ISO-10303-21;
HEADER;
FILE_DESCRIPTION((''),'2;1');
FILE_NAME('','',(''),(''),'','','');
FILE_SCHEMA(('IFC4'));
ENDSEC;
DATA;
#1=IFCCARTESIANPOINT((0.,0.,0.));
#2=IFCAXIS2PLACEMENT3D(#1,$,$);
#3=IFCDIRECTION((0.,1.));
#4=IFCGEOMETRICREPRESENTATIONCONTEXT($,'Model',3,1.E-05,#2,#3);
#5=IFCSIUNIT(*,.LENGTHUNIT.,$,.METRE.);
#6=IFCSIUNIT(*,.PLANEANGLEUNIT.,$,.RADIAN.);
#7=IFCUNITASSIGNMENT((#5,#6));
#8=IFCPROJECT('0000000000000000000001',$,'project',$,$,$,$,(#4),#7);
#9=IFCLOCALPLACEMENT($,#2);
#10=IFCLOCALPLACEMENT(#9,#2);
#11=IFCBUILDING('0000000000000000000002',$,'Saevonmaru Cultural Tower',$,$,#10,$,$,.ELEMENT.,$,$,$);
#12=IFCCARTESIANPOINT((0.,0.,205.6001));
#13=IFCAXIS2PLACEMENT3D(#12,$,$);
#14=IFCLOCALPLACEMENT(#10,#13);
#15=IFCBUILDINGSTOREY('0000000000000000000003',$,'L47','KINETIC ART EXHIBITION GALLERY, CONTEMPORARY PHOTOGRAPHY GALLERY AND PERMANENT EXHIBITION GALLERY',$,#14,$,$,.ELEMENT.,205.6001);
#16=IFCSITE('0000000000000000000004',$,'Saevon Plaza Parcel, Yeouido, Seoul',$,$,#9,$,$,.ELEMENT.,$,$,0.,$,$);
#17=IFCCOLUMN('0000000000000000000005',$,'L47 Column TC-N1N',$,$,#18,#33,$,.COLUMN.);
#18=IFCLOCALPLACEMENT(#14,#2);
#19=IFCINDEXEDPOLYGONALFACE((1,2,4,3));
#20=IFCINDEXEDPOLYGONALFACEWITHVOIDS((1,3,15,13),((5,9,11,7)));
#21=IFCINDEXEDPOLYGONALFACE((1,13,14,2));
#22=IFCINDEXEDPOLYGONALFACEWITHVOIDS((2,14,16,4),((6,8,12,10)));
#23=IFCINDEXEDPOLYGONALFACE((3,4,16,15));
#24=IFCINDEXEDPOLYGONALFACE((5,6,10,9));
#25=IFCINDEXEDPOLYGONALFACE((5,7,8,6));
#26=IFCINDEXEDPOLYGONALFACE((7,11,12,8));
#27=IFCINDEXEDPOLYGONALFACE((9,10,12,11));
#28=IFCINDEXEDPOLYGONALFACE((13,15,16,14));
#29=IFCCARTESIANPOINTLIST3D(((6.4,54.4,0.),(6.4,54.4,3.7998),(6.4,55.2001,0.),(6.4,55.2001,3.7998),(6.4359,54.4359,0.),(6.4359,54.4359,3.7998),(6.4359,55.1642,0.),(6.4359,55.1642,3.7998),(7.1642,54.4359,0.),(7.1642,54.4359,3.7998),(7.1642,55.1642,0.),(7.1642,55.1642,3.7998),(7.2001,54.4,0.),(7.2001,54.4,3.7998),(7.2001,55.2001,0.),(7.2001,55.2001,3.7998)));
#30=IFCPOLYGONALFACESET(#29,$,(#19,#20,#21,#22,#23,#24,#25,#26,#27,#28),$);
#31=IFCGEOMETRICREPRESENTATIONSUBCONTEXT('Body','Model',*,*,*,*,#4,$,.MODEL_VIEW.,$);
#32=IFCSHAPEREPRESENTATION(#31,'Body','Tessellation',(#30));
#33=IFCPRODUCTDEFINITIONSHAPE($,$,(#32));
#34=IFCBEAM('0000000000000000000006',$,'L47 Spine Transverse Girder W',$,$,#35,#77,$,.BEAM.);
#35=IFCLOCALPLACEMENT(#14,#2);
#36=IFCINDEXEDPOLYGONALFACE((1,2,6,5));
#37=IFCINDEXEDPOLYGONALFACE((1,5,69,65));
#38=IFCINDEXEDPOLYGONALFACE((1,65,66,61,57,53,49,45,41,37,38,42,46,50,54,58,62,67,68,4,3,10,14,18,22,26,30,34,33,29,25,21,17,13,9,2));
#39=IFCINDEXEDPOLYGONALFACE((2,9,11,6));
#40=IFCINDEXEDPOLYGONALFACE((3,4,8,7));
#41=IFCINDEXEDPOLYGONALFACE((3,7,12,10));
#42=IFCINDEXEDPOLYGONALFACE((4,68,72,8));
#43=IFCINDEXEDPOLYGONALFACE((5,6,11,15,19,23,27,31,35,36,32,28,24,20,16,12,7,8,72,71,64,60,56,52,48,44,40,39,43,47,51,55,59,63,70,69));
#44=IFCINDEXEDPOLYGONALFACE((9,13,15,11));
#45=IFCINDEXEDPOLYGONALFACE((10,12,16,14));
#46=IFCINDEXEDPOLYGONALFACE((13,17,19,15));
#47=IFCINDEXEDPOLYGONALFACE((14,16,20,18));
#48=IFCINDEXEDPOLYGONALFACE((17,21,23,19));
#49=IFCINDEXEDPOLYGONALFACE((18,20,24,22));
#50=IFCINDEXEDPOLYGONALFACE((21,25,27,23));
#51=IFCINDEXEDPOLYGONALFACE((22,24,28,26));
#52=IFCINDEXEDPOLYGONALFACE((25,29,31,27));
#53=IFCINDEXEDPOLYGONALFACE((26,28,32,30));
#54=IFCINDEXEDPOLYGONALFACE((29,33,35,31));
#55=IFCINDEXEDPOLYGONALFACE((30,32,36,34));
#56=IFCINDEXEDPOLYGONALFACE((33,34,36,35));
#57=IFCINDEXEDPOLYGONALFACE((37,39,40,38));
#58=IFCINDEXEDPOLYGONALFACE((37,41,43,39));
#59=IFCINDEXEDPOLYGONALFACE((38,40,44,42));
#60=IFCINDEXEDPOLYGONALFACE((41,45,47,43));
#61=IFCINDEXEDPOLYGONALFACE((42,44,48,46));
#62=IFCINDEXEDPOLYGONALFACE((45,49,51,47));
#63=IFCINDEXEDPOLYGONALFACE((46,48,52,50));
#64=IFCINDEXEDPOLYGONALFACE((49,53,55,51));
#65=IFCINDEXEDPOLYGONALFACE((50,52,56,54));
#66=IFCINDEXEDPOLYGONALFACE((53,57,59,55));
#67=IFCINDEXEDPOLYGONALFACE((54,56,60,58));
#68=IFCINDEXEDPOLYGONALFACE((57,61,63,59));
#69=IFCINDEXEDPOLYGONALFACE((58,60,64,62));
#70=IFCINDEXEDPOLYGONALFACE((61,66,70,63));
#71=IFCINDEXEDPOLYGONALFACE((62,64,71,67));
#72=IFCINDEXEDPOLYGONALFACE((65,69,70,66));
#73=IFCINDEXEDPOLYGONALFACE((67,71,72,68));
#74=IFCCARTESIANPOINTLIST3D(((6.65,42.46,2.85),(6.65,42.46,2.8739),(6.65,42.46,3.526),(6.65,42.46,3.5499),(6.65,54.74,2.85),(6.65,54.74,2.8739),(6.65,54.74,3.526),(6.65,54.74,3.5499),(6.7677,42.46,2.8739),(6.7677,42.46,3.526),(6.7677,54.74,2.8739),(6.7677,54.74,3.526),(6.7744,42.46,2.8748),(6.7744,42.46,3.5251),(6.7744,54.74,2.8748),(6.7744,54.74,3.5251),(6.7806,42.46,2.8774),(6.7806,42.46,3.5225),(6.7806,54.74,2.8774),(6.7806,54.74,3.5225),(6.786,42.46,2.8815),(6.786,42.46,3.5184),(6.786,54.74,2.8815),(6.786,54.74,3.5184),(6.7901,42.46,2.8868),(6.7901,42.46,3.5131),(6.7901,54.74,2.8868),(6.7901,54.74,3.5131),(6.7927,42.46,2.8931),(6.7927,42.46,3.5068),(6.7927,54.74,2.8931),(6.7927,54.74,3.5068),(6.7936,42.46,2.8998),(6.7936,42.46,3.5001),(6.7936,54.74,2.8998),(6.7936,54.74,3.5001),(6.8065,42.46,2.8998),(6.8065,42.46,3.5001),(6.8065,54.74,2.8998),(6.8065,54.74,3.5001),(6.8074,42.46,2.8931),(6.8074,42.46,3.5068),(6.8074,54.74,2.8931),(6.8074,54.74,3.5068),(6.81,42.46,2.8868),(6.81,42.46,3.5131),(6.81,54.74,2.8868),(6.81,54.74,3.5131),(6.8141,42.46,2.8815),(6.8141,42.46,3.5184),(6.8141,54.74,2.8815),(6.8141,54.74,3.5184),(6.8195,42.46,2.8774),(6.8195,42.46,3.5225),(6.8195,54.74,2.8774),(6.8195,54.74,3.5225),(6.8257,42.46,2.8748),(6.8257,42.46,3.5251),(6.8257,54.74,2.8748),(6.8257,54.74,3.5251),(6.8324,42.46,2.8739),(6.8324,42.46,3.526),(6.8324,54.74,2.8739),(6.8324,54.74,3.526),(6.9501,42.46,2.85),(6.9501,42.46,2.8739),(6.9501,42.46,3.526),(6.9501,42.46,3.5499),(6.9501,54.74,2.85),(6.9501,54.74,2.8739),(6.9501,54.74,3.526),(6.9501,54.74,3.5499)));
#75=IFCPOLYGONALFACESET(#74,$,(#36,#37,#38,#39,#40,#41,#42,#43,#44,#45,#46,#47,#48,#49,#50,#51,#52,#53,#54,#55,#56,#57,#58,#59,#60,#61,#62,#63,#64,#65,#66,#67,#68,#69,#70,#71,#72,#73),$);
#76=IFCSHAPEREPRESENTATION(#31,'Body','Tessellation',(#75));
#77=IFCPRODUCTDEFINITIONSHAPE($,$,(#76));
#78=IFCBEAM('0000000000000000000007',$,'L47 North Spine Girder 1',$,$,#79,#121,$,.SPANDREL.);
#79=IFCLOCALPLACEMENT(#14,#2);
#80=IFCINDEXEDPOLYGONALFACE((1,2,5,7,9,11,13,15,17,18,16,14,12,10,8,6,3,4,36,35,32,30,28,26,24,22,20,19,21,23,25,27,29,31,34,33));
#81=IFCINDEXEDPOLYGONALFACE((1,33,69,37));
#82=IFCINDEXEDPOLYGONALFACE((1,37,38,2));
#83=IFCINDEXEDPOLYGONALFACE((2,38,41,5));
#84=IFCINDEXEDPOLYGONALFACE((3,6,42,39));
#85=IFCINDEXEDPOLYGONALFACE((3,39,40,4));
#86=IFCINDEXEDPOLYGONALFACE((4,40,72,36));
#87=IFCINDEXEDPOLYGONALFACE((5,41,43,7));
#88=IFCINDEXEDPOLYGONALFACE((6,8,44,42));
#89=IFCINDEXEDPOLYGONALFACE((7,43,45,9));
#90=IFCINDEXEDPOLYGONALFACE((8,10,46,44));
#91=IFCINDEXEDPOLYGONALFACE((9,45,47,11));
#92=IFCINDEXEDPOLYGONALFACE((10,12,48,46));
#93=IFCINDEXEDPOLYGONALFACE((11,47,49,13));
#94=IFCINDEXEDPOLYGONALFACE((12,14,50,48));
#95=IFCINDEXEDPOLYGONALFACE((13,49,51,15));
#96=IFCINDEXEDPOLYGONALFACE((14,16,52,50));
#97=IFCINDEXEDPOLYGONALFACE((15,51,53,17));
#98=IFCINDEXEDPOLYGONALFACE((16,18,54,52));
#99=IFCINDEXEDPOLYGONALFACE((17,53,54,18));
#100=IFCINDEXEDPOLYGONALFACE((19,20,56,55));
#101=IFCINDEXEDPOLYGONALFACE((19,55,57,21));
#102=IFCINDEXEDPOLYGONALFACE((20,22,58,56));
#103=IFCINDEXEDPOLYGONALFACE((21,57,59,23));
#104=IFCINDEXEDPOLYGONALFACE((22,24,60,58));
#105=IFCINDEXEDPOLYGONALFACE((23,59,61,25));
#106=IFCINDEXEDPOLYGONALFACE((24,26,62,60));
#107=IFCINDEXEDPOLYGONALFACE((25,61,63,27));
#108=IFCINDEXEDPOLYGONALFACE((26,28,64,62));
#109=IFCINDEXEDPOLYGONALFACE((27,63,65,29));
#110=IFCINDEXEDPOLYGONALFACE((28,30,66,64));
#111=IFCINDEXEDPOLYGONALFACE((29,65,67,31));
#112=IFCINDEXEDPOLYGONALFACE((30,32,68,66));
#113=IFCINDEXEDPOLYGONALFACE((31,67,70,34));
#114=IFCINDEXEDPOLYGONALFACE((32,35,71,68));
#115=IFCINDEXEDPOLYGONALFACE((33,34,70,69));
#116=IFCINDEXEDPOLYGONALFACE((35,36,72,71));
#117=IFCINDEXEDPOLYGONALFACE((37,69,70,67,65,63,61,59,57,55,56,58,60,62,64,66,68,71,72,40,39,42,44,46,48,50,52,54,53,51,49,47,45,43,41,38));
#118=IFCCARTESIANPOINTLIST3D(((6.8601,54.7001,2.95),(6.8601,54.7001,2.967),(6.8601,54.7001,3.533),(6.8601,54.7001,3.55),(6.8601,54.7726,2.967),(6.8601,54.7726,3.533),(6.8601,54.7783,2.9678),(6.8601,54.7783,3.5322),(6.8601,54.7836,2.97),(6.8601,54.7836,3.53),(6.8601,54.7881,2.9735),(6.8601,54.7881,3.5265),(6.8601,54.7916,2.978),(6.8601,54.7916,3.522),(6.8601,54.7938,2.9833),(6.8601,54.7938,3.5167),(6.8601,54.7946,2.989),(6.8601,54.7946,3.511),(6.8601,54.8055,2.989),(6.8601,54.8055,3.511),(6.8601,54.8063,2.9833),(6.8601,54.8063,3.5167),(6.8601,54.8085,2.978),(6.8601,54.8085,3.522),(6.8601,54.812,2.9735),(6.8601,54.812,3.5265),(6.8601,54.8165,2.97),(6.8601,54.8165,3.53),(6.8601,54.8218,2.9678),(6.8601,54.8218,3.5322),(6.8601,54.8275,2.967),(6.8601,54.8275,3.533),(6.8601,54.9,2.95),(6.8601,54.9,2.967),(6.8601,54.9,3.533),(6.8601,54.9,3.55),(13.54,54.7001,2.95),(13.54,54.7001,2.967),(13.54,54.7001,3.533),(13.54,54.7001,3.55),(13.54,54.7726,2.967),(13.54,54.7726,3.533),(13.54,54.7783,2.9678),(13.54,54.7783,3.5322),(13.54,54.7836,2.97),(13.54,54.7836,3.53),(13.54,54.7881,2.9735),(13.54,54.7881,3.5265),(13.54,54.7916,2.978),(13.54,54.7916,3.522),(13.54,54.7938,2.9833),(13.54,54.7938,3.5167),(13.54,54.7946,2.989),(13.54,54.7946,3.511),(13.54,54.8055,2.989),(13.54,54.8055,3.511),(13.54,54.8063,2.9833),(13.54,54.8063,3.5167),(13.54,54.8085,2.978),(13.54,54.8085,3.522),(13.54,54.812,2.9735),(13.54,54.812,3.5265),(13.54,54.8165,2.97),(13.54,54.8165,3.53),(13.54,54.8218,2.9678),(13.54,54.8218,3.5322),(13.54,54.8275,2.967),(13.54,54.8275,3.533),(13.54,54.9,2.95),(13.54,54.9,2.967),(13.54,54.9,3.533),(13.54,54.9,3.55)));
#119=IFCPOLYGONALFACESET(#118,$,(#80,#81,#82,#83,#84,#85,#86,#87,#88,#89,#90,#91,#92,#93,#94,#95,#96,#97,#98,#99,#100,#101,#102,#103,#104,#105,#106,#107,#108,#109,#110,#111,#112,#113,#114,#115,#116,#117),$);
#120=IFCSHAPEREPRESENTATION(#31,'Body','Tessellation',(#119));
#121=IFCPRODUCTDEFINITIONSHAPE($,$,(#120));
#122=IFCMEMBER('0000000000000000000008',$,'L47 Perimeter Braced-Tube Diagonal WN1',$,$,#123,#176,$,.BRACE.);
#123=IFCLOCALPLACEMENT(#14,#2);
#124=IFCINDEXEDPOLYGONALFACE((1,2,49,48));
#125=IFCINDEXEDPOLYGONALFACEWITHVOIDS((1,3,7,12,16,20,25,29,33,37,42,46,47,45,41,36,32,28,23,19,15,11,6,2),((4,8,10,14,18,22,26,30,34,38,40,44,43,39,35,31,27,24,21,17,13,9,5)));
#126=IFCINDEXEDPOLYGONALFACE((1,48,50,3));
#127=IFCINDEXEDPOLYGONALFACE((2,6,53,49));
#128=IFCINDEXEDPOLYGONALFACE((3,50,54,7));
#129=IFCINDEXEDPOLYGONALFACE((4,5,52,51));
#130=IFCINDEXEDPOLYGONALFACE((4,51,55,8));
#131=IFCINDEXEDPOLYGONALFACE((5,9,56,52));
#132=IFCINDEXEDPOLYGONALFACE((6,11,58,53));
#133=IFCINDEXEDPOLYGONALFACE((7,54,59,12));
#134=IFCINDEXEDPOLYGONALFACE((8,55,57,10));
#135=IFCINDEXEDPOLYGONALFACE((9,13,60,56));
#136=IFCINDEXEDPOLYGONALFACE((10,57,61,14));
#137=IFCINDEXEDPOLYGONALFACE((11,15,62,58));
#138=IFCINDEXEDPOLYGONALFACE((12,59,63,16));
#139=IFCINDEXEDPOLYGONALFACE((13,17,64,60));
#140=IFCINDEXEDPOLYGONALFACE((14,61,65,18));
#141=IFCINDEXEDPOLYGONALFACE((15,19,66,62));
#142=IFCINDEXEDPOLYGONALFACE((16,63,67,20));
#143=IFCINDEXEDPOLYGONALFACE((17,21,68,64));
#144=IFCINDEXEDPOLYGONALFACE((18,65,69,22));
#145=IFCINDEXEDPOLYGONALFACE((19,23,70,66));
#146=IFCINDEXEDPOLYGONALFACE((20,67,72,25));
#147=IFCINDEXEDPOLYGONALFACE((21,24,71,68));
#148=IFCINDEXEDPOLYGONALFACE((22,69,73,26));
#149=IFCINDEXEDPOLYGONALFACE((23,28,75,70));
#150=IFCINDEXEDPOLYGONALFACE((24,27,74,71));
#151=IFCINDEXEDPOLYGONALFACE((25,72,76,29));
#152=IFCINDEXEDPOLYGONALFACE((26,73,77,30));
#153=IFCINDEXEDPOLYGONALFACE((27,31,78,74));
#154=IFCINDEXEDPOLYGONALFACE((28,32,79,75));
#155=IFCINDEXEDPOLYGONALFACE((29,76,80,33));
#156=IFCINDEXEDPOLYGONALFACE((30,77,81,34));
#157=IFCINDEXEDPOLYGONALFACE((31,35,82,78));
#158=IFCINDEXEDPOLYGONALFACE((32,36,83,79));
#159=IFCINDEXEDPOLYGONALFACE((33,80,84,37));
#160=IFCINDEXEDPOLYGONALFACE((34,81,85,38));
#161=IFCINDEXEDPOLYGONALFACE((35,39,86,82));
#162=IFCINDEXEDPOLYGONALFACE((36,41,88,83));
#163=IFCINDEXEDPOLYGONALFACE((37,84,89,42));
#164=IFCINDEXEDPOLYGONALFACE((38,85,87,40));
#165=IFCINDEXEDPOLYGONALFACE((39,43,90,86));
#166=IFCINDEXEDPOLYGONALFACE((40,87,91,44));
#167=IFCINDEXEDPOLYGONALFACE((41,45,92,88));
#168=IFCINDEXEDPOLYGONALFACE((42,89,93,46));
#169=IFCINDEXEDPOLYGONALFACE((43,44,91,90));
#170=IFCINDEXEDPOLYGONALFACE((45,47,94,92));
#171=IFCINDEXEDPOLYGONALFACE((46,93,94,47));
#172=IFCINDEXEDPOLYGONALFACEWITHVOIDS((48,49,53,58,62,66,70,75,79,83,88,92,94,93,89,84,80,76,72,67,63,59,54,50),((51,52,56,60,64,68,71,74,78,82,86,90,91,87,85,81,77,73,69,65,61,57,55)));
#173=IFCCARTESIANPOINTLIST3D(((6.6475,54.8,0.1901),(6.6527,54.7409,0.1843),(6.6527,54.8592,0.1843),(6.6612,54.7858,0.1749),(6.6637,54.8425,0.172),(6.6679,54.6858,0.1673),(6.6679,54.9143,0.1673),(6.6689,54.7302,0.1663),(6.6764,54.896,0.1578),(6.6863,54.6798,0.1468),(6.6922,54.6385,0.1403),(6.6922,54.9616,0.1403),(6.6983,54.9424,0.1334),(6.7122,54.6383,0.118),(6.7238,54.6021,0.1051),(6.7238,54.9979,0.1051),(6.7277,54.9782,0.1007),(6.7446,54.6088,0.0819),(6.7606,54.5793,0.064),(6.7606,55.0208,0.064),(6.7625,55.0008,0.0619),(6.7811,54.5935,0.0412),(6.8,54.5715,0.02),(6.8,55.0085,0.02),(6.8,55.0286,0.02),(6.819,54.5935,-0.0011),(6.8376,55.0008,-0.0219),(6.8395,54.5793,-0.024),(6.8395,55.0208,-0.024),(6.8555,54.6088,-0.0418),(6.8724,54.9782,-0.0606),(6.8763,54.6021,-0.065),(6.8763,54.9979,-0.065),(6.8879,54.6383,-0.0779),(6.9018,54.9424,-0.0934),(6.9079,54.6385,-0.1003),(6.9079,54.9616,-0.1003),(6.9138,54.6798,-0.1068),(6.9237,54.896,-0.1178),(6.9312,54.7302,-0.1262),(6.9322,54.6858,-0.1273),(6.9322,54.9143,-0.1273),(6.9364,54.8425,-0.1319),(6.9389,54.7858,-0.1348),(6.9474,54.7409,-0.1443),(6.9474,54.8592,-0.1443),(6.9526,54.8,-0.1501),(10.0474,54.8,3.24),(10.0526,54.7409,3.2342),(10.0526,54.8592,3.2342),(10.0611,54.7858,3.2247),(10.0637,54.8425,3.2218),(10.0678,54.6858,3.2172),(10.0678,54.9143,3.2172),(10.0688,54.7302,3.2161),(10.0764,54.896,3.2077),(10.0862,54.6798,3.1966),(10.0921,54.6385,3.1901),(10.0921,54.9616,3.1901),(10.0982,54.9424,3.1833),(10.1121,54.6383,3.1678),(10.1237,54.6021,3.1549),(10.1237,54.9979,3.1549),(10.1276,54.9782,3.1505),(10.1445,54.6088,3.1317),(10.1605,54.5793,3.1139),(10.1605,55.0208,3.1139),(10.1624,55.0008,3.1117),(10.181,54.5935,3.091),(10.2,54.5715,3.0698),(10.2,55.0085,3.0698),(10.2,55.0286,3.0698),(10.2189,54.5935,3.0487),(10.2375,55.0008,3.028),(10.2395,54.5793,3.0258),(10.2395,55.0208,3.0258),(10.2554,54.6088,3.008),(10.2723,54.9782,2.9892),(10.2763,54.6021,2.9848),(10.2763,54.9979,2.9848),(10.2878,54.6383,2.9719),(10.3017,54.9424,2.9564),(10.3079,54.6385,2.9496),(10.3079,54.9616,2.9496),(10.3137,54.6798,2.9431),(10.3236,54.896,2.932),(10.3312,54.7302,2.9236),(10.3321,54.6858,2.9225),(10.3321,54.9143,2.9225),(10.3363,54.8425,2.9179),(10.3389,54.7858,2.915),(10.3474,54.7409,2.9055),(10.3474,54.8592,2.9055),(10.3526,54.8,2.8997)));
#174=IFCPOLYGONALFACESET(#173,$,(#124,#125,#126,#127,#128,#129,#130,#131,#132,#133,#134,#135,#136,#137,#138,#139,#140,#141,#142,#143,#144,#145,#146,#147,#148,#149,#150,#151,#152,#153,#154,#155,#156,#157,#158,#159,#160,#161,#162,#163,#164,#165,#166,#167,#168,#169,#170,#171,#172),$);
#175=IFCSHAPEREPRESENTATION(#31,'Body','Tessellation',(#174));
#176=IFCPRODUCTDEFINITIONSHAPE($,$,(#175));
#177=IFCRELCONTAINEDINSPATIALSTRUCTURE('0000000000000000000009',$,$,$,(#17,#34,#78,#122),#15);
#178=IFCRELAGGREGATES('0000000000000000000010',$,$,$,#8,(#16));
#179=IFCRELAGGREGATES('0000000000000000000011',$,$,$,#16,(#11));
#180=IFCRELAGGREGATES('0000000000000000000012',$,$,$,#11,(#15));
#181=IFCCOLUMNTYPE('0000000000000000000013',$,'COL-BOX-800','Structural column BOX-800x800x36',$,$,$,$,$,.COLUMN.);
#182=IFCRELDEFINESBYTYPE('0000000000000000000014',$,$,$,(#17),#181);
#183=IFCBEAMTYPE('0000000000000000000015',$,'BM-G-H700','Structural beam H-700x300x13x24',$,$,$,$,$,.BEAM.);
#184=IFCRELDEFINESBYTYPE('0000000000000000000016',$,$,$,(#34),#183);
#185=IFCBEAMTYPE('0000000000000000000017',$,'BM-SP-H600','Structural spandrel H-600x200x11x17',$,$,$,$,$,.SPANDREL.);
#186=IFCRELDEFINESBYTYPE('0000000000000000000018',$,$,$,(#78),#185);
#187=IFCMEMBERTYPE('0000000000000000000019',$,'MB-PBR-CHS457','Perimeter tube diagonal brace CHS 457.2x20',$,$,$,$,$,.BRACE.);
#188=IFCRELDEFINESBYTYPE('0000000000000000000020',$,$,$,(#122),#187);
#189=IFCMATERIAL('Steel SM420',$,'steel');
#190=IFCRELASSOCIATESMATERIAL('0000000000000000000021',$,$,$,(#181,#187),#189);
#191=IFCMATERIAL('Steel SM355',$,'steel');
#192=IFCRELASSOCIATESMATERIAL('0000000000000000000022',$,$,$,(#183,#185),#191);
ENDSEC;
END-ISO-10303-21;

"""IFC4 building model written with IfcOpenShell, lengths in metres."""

from ifc_helpers import new_model, si_unit, direction, frame, origin, origin_2d, place, context, subcontext, project, spatial, hollow_rectangle, hollow_circle, i_section, extrude, material, material_profile, profile_set, type_object, element, save


model = new_model("IFC4")

# Units and contexts
model_context = context("Model", 3, precision=1e-05, world=origin(), true_north=direction((0.0, 1.0)))
body_context = subcontext(model_context, "Body", "Model", "MODEL_VIEW")
ifc_project = project(units=[si_unit("LENGTHUNIT", "METRE"), si_unit("PLANEANGLEUNIT", "RADIAN")], contexts=[model_context])

# Site, building, storey
site_placement = place(None, origin())
site = spatial("IfcSite", under=ifc_project, at=site_placement, Name="Saevon Plaza Parcel, Yeouido, Seoul", CompositionType="ELEMENT", RefElevation=0.0)
building_placement = place(site_placement, origin())
building = spatial("IfcBuilding", under=site, at=building_placement, Name="Saevonmaru Cultural Tower", CompositionType="ELEMENT")
storey_placement = place(building_placement, frame((0.0, 0.0, 205.6001)))
storey = spatial("IfcBuildingStorey", under=building, at=storey_placement, Name="L47", Description="KINETIC ART EXHIBITION GALLERY, CONTEMPORARY PHOTOGRAPHY GALLERY AND PERMANENT EXHIBITION GALLERY", CompositionType="ELEMENT", Elevation=205.6001)

# Column
ifc_material_1 = material(Name="Steel SM420", Category="steel")
ifc_material_profile_1 = material_profile(ifc_material_1, hollow_rectangle(XDim=0.8, YDim=0.8, WallThickness=0.0359, at=origin_2d()), Name="BOX-800x800x36")
ifc_profile_set_1 = profile_set([ifc_material_profile_1], Name="Steel SM420")
column_type = type_object("IfcColumnType", Name="COL-BOX-800", Description="Structural column BOX-800x800x36", PredefinedType="COLUMN", material=ifc_profile_set_1)
column_placement = place(storey_placement, frame((6.8, 54.8, 0.0), z_axis=(0.0, 0.0, 1.0), x_axis=(1.0, 0.0, 0.0)))
element("IfcColumn", 1, at=column_placement, inside=storey, type_object=column_type, Name="L47 Column TC-N1N", PredefinedType="COLUMN", context=body_context, shape_type="SweptSolid", body=[
    extrude(hollow_rectangle(XDim=0.8, YDim=0.8, WallThickness=0.0359, at=origin_2d()), origin(), (0.0, 0.0, 1.0), 3.7998),
])

# Beams
ifc_material_2 = material(Name="Steel SM355", Category="steel")
ifc_material_profile_2 = material_profile(ifc_material_2, i_section(OverallWidth=0.3, OverallDepth=0.7, WebThickness=0.0129, FlangeThickness=0.0239, FilletRadius=0.0259, at=origin_2d()), Name="H-700x300x13x24")
ifc_profile_set_2 = profile_set([ifc_material_profile_2], Name="Steel SM355")
beam_type_1 = type_object("IfcBeamType", Name="BM-G-H700", Description="Structural beam H-700x300x13x24", PredefinedType="BEAM", material=ifc_profile_set_2)
beam_1_placement = place(storey_placement, frame((6.8, 54.74, 3.2), z_axis=(0.0, -1.0, 0.0), x_axis=(1.0, 0.0, 0.0)))
element("IfcBeam", 2, at=beam_1_placement, inside=storey, type_object=beam_type_1, Name="L47 Spine Transverse Girder W", PredefinedType="BEAM", context=body_context, shape_type="SweptSolid", body=[
    extrude(i_section(OverallWidth=0.3, OverallDepth=0.7, WebThickness=0.0129, FlangeThickness=0.0239, FilletRadius=0.0259, at=origin_2d()), origin(), (0.0, 0.0, 1.0), 12.28),
])
ifc_material_profile_3 = material_profile(ifc_material_2, i_section(OverallWidth=0.2, OverallDepth=0.6001, WebThickness=0.011, FlangeThickness=0.0171, FilletRadius=0.022, at=origin_2d()), Name="H-600x200x11x17")
ifc_profile_set_3 = profile_set([ifc_material_profile_3], Name="Steel SM355")
beam_type_2 = type_object("IfcBeamType", Name="BM-SP-H600", Description="Structural spandrel H-600x200x11x17", PredefinedType="SPANDREL", material=ifc_profile_set_3)
beam_2_placement = place(storey_placement, frame((6.8601, 54.8, 3.25), z_axis=(1.0, 0.0, 0.0), x_axis=(0.0, 1.0, 0.0)))
element("IfcBeam", 3, at=beam_2_placement, inside=storey, type_object=beam_type_2, Name="L47 North Spine Girder 1", PredefinedType="SPANDREL", context=body_context, shape_type="SweptSolid", body=[
    extrude(i_section(OverallWidth=0.2, OverallDepth=0.6001, WebThickness=0.011, FlangeThickness=0.0171, FilletRadius=0.022, at=origin_2d()), origin(), (0.0, 0.0, 1.0), 6.6799),
])

# Member
ifc_material_profile_4 = material_profile(ifc_material_1, hollow_circle(Radius=0.2285, WallThickness=0.02, at=origin_2d()), Name="CHS-457.2x20")
ifc_profile_set_4 = profile_set([ifc_material_profile_4], Name="Steel SM420")
member_type_1 = type_object("IfcMemberType", Name="MB-PBR-CHS457", Description="Perimeter tube diagonal brace CHS 457.2x20", PredefinedType="BRACE", material=ifc_profile_set_4)
member_1_placement = place(storey_placement, frame((6.8, 54.8, 0.02), z_axis=(0.744394, 0.0, 0.667741), x_axis=(0.0, 1.0, 0.0)))
element("IfcMember", 4, at=member_1_placement, inside=storey, type_object=member_type_1, Name="L47 Perimeter Braced-Tube Diagonal WN1", PredefinedType="BRACE", context=body_context, shape_type="SweptSolid", body=[
    extrude(hollow_circle(Radius=0.2285, WallThickness=0.02, at=origin_2d()), origin(), (0.0, 0.0, 1.0), 4.5674),
])

save(model, "model.ifc")
